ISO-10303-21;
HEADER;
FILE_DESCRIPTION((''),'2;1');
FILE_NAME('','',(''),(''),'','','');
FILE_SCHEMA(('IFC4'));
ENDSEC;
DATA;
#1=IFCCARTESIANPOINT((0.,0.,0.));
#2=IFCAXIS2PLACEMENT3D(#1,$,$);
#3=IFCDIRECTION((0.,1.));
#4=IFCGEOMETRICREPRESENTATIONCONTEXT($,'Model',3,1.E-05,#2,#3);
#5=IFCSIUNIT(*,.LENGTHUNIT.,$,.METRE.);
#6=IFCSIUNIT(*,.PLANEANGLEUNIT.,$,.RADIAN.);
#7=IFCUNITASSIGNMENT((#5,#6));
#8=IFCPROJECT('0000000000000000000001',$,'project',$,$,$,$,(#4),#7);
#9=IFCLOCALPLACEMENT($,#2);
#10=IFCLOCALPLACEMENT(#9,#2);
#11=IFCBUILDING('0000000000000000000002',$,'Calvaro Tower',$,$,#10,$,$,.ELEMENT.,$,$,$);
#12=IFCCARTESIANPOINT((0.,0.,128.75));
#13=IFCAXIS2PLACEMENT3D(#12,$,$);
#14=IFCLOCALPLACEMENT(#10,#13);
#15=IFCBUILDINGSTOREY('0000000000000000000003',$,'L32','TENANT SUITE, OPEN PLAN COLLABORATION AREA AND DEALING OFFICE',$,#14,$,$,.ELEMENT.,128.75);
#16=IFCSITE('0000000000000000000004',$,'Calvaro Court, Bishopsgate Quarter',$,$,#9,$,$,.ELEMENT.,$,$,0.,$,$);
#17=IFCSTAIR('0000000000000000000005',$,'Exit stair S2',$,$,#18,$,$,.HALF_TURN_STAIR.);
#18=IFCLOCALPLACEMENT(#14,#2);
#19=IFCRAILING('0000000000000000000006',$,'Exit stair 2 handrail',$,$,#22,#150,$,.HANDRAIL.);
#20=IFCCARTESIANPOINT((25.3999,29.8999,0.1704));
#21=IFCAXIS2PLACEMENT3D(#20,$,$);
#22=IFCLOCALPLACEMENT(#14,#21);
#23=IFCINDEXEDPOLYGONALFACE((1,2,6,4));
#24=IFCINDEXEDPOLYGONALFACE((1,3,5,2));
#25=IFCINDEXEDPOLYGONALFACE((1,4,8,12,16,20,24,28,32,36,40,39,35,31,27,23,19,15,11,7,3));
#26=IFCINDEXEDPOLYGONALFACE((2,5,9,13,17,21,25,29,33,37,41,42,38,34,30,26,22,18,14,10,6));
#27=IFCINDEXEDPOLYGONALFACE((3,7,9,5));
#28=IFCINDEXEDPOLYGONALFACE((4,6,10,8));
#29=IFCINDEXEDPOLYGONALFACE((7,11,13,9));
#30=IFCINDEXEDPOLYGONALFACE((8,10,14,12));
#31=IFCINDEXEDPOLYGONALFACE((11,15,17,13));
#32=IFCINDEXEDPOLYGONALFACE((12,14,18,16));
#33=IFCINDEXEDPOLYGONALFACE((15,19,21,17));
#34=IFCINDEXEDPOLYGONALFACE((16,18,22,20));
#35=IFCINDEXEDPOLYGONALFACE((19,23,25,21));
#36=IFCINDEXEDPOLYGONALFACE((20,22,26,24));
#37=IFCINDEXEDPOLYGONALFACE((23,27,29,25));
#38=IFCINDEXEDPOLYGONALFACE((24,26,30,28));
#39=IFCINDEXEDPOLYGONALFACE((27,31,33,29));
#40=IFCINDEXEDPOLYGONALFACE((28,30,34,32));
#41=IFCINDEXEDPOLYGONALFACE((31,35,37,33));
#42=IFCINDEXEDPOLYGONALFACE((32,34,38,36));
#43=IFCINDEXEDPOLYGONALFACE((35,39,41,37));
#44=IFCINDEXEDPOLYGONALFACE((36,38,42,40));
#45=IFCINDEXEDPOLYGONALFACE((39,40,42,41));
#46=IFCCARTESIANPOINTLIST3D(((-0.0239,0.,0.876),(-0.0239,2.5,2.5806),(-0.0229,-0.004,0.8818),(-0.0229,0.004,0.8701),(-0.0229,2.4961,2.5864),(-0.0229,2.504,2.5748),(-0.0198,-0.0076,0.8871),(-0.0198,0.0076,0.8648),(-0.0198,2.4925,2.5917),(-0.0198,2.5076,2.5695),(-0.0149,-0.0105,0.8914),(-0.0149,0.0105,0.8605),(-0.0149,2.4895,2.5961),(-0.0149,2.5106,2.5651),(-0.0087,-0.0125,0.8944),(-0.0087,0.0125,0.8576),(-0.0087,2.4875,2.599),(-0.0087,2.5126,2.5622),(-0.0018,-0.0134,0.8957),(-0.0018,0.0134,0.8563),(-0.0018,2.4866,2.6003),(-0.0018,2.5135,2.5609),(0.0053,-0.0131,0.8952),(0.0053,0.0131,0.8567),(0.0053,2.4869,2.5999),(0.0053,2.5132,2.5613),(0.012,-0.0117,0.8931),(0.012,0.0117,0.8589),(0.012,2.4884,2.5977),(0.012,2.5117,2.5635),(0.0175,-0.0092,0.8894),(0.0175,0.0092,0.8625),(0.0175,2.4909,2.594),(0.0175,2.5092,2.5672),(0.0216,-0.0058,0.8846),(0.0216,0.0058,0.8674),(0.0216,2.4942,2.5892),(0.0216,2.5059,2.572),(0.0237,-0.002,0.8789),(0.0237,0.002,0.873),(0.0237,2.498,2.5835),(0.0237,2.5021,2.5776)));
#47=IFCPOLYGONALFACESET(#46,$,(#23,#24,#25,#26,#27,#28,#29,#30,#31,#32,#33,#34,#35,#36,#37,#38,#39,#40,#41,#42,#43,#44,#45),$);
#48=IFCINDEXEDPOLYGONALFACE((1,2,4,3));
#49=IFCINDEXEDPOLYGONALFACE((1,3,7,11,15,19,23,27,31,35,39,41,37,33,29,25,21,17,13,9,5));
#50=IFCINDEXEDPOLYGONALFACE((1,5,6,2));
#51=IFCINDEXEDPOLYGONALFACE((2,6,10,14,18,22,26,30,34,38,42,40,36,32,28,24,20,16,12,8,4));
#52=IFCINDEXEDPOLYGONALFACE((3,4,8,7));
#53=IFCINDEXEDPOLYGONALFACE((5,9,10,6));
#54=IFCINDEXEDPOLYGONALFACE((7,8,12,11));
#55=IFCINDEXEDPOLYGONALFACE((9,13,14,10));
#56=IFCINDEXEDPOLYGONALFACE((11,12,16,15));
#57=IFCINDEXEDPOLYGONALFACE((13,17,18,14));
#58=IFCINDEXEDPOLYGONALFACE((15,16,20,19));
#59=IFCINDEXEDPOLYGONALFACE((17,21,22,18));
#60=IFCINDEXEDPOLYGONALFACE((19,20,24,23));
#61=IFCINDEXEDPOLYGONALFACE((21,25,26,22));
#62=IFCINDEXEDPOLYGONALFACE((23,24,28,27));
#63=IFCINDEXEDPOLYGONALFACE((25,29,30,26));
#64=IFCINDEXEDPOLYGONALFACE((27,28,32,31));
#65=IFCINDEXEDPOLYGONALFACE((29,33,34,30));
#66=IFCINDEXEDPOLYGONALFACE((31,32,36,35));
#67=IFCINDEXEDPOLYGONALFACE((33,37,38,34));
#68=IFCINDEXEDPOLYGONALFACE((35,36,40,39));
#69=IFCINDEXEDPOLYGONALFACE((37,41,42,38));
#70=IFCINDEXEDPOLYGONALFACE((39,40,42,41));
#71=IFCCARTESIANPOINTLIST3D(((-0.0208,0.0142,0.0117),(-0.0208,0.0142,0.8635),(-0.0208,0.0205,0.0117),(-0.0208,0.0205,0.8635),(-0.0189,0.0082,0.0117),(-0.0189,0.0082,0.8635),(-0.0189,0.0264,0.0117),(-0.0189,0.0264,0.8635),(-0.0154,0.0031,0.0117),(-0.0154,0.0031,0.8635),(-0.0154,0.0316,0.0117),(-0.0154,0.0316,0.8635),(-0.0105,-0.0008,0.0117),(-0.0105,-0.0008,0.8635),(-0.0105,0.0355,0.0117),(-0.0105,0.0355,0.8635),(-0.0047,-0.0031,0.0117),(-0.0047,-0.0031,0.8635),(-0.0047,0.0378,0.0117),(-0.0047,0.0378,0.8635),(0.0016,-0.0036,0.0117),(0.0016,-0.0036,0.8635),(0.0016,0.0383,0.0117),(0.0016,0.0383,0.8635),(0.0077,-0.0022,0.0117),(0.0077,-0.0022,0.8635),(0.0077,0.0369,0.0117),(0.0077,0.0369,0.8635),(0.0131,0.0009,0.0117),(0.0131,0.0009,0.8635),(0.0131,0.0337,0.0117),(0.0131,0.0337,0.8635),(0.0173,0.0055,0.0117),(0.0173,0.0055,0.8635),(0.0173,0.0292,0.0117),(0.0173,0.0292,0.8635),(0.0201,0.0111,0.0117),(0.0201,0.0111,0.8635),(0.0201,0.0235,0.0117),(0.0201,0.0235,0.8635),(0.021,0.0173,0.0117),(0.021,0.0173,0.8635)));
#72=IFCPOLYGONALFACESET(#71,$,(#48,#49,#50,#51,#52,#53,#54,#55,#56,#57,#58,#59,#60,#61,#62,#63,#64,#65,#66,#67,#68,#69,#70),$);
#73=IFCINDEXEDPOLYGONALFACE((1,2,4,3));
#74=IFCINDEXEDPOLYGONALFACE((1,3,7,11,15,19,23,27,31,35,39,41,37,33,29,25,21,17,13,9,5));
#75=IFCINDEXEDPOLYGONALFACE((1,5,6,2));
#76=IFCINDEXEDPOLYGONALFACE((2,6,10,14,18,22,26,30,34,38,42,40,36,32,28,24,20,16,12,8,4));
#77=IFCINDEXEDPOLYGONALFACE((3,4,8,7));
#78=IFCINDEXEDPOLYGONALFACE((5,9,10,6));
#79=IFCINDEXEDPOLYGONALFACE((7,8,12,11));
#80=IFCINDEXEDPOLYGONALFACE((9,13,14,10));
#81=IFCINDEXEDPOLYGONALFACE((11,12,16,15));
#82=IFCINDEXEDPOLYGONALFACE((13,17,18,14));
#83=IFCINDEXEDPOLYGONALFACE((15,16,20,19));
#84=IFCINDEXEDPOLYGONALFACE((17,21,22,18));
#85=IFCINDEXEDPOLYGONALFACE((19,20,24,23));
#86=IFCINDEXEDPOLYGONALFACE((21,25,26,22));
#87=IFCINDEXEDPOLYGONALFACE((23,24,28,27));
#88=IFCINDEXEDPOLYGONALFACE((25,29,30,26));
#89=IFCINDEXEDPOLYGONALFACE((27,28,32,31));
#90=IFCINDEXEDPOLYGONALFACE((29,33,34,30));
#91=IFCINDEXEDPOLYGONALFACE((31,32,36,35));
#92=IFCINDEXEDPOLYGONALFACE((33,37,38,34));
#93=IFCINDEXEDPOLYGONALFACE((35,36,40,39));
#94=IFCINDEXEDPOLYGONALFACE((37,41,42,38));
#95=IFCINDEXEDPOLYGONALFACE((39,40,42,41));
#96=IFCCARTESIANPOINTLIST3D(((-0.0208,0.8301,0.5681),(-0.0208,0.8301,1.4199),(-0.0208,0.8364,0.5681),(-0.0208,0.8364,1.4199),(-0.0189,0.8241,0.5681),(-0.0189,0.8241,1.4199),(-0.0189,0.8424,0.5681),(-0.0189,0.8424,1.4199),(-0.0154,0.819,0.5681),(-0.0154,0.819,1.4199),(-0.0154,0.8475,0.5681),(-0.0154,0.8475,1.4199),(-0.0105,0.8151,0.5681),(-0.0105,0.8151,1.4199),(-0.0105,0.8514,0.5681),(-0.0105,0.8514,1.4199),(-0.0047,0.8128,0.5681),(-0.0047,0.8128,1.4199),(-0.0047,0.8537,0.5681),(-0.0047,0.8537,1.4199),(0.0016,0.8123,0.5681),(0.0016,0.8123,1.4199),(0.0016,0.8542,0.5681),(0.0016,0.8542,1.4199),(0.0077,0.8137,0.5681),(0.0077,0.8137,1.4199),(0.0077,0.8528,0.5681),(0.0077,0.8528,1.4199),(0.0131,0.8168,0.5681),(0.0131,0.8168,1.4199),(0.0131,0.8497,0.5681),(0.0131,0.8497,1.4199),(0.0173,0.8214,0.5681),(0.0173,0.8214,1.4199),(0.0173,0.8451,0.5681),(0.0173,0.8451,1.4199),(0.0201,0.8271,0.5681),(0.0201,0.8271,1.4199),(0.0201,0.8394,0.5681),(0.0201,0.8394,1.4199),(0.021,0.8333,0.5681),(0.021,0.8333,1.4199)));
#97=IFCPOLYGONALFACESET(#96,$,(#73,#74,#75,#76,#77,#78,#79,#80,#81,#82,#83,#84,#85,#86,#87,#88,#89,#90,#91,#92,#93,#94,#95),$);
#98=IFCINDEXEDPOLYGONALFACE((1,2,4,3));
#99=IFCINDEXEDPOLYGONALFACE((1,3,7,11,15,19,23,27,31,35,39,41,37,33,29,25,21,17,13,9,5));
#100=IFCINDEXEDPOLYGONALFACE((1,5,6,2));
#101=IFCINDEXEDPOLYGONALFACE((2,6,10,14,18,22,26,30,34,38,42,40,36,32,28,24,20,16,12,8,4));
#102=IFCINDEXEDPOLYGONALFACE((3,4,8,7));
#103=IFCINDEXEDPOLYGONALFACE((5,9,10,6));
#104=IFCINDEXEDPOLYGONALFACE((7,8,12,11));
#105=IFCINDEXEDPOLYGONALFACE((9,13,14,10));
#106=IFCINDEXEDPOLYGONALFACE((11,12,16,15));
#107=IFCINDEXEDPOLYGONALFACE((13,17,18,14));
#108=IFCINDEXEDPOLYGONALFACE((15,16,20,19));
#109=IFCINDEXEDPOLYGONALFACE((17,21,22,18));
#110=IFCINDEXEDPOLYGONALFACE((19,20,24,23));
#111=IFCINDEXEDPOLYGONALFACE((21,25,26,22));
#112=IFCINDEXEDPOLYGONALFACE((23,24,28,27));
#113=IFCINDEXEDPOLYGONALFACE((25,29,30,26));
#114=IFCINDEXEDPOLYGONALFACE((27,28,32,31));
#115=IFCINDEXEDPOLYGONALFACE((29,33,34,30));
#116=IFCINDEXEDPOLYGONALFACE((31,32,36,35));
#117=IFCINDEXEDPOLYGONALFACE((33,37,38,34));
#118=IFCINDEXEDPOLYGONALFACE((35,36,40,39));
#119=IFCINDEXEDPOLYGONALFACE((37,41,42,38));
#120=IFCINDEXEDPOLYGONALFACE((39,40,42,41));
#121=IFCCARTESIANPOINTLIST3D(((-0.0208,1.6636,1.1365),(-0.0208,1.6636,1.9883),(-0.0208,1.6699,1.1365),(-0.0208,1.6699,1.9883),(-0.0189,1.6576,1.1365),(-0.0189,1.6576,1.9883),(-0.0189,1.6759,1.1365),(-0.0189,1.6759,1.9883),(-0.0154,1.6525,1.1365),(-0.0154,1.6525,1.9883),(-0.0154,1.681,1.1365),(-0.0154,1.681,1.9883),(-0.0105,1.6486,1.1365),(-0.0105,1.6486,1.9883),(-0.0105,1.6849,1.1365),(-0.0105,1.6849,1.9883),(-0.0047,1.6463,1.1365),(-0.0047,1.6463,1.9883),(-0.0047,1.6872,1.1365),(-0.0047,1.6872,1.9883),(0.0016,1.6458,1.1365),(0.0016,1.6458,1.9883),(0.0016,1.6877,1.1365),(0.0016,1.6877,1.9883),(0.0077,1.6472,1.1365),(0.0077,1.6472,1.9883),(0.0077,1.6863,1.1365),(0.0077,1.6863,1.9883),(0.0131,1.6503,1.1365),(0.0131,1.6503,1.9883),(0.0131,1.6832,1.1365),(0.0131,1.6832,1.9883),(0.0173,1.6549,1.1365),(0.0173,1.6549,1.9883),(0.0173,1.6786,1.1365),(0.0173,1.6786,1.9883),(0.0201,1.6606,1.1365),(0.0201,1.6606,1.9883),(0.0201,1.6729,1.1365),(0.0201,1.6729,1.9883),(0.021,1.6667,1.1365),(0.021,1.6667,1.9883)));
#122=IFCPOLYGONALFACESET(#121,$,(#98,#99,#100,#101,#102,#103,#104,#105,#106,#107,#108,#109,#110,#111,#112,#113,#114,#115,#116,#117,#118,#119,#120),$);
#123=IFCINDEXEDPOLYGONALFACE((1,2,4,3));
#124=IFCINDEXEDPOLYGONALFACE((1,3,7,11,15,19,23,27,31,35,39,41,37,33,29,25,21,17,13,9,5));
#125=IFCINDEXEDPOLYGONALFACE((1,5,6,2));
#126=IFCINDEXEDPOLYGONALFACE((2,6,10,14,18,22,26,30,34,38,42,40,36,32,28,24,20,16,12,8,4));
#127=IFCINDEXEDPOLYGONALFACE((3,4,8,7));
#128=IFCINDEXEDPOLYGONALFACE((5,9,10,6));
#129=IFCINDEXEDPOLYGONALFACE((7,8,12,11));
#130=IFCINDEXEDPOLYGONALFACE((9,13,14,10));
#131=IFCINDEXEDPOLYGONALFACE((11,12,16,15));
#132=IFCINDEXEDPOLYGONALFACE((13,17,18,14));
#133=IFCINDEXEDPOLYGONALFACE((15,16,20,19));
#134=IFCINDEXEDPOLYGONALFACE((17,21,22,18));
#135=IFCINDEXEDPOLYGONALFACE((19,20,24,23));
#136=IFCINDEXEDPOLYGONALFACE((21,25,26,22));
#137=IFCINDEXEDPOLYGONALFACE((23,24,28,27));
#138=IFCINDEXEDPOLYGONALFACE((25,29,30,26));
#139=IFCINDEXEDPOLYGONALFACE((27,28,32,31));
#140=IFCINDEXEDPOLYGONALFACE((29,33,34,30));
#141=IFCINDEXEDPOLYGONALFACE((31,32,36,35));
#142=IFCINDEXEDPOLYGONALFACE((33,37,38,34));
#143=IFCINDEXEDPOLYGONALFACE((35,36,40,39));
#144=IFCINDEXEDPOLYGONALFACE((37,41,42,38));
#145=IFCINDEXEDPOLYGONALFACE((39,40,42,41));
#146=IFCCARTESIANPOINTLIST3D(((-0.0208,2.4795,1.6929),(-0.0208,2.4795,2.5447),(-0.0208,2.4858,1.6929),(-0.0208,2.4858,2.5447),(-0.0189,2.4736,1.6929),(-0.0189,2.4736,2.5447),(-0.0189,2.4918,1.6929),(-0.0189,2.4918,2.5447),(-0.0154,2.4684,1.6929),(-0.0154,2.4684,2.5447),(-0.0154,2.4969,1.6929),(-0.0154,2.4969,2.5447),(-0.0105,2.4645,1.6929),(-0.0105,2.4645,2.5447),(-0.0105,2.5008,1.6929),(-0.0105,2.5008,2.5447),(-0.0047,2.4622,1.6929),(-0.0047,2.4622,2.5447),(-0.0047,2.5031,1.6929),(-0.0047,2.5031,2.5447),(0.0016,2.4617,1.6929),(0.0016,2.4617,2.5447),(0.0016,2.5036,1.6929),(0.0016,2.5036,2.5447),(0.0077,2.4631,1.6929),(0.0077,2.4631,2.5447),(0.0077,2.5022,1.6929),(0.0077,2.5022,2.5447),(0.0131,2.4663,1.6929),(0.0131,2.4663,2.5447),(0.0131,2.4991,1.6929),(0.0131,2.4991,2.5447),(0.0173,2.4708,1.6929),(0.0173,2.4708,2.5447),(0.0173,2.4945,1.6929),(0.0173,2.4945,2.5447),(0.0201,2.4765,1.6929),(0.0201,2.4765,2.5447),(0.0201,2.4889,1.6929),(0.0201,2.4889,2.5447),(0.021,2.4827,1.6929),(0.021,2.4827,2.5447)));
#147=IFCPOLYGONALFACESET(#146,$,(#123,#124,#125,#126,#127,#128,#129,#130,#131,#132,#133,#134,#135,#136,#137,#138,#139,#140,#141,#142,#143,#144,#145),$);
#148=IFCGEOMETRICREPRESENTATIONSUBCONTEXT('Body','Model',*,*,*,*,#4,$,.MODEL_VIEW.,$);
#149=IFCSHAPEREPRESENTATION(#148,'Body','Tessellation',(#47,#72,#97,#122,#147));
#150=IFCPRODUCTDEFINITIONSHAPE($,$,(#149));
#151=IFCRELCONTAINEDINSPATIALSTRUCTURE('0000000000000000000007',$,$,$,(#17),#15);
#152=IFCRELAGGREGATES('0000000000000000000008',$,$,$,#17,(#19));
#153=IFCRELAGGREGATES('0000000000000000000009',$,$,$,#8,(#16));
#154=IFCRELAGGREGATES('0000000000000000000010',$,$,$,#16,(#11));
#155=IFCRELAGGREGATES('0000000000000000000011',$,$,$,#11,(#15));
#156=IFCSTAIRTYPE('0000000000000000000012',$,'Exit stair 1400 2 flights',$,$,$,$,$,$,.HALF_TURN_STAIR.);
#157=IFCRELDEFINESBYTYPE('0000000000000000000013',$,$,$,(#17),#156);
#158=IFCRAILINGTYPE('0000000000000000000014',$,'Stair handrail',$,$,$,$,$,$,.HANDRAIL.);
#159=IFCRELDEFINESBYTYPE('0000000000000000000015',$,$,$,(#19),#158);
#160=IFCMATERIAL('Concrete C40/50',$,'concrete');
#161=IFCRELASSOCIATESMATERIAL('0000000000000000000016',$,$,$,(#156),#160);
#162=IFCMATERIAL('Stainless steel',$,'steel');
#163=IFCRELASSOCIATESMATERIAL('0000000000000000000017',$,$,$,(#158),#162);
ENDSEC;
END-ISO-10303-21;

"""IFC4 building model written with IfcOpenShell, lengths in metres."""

from ifc_helpers import new_model, si_unit, direction, frame, origin, origin_2d, place, context, subcontext, project, spatial, circle, extrude, material, type_object, element, aggregate, save


model = new_model("IFC4")

# Units and contexts
model_context = context("Model", 3, precision=1e-05, world=origin(), true_north=direction((0.0, 1.0)))
body_context = subcontext(model_context, "Body", "Model", "MODEL_VIEW")
ifc_project = project(units=[si_unit("LENGTHUNIT", "METRE"), si_unit("PLANEANGLEUNIT", "RADIAN")], contexts=[model_context])

# Site, building, storey
site_placement = place(None, origin())
site = spatial("IfcSite", under=ifc_project, at=site_placement, Name="Calvaro Court, Bishopsgate Quarter", CompositionType="ELEMENT", RefElevation=0.0)
building_placement = place(site_placement, origin())
building = spatial("IfcBuilding", under=site, at=building_placement, Name="Calvaro Tower", CompositionType="ELEMENT")
storey_placement = place(building_placement, frame((0.0, 0.0, 128.75)))
storey = spatial("IfcBuildingStorey", under=building, at=storey_placement, Name="L32", Description="TENANT SUITE, OPEN PLAN COLLABORATION AREA AND DEALING OFFICE", CompositionType="ELEMENT", Elevation=128.75)

# Stair, railing
ifc_material_1 = material(Name="Concrete C40/50", Category="concrete")
stair_type = type_object("IfcStairType", Name="Exit stair 1400 2 flights", PredefinedType="HALF_TURN_STAIR", material=ifc_material_1)
stair_placement = place(storey_placement, origin())
stair = element("IfcStair", 1, at=stair_placement, inside=storey, type_object=stair_type, Name="Exit stair S2", PredefinedType="HALF_TURN_STAIR")
ifc_material_2 = material(Name="Stainless steel", Category="steel")
railing_type = type_object("IfcRailingType", Name="Stair handrail", PredefinedType="HANDRAIL", material=ifc_material_2)
railing_1_placement = place(storey_placement, frame((25.3999, 29.8999, 0.1704)))
railing_1 = element("IfcRailing", 2, at=railing_1_placement, type_object=railing_type, Name="Exit stair 2 handrail", PredefinedType="HANDRAIL", context=body_context, shape_type="SweptSolid", body=[
    extrude(circle(Radius=0.0239, at=origin_2d()), frame((0.0, 0.0, 0.876), z_axis=(0.0, 0.826221, 0.563347), x_axis=(-1.0, 0.0, 0.0)), (0.0, 0.0, 1.0), 3.0259),
    extrude(circle(Radius=0.021, at=origin_2d()), frame((0.0, 0.0173, 0.0117)), (0.0, 0.0, 1.0), 0.8518),
    extrude(circle(Radius=0.021, at=origin_2d()), frame((0.0, 0.8333, 0.5681)), (0.0, 0.0, 1.0), 0.8518),
    extrude(circle(Radius=0.021, at=origin_2d()), frame((0.0, 1.6667, 1.1365)), (0.0, 0.0, 1.0), 0.8518),
    extrude(circle(Radius=0.021, at=origin_2d()), frame((0.0, 2.4827, 1.6929)), (0.0, 0.0, 1.0), 0.8518),
])
aggregate(stair, [railing_1])

save(model, "model.ifc")
